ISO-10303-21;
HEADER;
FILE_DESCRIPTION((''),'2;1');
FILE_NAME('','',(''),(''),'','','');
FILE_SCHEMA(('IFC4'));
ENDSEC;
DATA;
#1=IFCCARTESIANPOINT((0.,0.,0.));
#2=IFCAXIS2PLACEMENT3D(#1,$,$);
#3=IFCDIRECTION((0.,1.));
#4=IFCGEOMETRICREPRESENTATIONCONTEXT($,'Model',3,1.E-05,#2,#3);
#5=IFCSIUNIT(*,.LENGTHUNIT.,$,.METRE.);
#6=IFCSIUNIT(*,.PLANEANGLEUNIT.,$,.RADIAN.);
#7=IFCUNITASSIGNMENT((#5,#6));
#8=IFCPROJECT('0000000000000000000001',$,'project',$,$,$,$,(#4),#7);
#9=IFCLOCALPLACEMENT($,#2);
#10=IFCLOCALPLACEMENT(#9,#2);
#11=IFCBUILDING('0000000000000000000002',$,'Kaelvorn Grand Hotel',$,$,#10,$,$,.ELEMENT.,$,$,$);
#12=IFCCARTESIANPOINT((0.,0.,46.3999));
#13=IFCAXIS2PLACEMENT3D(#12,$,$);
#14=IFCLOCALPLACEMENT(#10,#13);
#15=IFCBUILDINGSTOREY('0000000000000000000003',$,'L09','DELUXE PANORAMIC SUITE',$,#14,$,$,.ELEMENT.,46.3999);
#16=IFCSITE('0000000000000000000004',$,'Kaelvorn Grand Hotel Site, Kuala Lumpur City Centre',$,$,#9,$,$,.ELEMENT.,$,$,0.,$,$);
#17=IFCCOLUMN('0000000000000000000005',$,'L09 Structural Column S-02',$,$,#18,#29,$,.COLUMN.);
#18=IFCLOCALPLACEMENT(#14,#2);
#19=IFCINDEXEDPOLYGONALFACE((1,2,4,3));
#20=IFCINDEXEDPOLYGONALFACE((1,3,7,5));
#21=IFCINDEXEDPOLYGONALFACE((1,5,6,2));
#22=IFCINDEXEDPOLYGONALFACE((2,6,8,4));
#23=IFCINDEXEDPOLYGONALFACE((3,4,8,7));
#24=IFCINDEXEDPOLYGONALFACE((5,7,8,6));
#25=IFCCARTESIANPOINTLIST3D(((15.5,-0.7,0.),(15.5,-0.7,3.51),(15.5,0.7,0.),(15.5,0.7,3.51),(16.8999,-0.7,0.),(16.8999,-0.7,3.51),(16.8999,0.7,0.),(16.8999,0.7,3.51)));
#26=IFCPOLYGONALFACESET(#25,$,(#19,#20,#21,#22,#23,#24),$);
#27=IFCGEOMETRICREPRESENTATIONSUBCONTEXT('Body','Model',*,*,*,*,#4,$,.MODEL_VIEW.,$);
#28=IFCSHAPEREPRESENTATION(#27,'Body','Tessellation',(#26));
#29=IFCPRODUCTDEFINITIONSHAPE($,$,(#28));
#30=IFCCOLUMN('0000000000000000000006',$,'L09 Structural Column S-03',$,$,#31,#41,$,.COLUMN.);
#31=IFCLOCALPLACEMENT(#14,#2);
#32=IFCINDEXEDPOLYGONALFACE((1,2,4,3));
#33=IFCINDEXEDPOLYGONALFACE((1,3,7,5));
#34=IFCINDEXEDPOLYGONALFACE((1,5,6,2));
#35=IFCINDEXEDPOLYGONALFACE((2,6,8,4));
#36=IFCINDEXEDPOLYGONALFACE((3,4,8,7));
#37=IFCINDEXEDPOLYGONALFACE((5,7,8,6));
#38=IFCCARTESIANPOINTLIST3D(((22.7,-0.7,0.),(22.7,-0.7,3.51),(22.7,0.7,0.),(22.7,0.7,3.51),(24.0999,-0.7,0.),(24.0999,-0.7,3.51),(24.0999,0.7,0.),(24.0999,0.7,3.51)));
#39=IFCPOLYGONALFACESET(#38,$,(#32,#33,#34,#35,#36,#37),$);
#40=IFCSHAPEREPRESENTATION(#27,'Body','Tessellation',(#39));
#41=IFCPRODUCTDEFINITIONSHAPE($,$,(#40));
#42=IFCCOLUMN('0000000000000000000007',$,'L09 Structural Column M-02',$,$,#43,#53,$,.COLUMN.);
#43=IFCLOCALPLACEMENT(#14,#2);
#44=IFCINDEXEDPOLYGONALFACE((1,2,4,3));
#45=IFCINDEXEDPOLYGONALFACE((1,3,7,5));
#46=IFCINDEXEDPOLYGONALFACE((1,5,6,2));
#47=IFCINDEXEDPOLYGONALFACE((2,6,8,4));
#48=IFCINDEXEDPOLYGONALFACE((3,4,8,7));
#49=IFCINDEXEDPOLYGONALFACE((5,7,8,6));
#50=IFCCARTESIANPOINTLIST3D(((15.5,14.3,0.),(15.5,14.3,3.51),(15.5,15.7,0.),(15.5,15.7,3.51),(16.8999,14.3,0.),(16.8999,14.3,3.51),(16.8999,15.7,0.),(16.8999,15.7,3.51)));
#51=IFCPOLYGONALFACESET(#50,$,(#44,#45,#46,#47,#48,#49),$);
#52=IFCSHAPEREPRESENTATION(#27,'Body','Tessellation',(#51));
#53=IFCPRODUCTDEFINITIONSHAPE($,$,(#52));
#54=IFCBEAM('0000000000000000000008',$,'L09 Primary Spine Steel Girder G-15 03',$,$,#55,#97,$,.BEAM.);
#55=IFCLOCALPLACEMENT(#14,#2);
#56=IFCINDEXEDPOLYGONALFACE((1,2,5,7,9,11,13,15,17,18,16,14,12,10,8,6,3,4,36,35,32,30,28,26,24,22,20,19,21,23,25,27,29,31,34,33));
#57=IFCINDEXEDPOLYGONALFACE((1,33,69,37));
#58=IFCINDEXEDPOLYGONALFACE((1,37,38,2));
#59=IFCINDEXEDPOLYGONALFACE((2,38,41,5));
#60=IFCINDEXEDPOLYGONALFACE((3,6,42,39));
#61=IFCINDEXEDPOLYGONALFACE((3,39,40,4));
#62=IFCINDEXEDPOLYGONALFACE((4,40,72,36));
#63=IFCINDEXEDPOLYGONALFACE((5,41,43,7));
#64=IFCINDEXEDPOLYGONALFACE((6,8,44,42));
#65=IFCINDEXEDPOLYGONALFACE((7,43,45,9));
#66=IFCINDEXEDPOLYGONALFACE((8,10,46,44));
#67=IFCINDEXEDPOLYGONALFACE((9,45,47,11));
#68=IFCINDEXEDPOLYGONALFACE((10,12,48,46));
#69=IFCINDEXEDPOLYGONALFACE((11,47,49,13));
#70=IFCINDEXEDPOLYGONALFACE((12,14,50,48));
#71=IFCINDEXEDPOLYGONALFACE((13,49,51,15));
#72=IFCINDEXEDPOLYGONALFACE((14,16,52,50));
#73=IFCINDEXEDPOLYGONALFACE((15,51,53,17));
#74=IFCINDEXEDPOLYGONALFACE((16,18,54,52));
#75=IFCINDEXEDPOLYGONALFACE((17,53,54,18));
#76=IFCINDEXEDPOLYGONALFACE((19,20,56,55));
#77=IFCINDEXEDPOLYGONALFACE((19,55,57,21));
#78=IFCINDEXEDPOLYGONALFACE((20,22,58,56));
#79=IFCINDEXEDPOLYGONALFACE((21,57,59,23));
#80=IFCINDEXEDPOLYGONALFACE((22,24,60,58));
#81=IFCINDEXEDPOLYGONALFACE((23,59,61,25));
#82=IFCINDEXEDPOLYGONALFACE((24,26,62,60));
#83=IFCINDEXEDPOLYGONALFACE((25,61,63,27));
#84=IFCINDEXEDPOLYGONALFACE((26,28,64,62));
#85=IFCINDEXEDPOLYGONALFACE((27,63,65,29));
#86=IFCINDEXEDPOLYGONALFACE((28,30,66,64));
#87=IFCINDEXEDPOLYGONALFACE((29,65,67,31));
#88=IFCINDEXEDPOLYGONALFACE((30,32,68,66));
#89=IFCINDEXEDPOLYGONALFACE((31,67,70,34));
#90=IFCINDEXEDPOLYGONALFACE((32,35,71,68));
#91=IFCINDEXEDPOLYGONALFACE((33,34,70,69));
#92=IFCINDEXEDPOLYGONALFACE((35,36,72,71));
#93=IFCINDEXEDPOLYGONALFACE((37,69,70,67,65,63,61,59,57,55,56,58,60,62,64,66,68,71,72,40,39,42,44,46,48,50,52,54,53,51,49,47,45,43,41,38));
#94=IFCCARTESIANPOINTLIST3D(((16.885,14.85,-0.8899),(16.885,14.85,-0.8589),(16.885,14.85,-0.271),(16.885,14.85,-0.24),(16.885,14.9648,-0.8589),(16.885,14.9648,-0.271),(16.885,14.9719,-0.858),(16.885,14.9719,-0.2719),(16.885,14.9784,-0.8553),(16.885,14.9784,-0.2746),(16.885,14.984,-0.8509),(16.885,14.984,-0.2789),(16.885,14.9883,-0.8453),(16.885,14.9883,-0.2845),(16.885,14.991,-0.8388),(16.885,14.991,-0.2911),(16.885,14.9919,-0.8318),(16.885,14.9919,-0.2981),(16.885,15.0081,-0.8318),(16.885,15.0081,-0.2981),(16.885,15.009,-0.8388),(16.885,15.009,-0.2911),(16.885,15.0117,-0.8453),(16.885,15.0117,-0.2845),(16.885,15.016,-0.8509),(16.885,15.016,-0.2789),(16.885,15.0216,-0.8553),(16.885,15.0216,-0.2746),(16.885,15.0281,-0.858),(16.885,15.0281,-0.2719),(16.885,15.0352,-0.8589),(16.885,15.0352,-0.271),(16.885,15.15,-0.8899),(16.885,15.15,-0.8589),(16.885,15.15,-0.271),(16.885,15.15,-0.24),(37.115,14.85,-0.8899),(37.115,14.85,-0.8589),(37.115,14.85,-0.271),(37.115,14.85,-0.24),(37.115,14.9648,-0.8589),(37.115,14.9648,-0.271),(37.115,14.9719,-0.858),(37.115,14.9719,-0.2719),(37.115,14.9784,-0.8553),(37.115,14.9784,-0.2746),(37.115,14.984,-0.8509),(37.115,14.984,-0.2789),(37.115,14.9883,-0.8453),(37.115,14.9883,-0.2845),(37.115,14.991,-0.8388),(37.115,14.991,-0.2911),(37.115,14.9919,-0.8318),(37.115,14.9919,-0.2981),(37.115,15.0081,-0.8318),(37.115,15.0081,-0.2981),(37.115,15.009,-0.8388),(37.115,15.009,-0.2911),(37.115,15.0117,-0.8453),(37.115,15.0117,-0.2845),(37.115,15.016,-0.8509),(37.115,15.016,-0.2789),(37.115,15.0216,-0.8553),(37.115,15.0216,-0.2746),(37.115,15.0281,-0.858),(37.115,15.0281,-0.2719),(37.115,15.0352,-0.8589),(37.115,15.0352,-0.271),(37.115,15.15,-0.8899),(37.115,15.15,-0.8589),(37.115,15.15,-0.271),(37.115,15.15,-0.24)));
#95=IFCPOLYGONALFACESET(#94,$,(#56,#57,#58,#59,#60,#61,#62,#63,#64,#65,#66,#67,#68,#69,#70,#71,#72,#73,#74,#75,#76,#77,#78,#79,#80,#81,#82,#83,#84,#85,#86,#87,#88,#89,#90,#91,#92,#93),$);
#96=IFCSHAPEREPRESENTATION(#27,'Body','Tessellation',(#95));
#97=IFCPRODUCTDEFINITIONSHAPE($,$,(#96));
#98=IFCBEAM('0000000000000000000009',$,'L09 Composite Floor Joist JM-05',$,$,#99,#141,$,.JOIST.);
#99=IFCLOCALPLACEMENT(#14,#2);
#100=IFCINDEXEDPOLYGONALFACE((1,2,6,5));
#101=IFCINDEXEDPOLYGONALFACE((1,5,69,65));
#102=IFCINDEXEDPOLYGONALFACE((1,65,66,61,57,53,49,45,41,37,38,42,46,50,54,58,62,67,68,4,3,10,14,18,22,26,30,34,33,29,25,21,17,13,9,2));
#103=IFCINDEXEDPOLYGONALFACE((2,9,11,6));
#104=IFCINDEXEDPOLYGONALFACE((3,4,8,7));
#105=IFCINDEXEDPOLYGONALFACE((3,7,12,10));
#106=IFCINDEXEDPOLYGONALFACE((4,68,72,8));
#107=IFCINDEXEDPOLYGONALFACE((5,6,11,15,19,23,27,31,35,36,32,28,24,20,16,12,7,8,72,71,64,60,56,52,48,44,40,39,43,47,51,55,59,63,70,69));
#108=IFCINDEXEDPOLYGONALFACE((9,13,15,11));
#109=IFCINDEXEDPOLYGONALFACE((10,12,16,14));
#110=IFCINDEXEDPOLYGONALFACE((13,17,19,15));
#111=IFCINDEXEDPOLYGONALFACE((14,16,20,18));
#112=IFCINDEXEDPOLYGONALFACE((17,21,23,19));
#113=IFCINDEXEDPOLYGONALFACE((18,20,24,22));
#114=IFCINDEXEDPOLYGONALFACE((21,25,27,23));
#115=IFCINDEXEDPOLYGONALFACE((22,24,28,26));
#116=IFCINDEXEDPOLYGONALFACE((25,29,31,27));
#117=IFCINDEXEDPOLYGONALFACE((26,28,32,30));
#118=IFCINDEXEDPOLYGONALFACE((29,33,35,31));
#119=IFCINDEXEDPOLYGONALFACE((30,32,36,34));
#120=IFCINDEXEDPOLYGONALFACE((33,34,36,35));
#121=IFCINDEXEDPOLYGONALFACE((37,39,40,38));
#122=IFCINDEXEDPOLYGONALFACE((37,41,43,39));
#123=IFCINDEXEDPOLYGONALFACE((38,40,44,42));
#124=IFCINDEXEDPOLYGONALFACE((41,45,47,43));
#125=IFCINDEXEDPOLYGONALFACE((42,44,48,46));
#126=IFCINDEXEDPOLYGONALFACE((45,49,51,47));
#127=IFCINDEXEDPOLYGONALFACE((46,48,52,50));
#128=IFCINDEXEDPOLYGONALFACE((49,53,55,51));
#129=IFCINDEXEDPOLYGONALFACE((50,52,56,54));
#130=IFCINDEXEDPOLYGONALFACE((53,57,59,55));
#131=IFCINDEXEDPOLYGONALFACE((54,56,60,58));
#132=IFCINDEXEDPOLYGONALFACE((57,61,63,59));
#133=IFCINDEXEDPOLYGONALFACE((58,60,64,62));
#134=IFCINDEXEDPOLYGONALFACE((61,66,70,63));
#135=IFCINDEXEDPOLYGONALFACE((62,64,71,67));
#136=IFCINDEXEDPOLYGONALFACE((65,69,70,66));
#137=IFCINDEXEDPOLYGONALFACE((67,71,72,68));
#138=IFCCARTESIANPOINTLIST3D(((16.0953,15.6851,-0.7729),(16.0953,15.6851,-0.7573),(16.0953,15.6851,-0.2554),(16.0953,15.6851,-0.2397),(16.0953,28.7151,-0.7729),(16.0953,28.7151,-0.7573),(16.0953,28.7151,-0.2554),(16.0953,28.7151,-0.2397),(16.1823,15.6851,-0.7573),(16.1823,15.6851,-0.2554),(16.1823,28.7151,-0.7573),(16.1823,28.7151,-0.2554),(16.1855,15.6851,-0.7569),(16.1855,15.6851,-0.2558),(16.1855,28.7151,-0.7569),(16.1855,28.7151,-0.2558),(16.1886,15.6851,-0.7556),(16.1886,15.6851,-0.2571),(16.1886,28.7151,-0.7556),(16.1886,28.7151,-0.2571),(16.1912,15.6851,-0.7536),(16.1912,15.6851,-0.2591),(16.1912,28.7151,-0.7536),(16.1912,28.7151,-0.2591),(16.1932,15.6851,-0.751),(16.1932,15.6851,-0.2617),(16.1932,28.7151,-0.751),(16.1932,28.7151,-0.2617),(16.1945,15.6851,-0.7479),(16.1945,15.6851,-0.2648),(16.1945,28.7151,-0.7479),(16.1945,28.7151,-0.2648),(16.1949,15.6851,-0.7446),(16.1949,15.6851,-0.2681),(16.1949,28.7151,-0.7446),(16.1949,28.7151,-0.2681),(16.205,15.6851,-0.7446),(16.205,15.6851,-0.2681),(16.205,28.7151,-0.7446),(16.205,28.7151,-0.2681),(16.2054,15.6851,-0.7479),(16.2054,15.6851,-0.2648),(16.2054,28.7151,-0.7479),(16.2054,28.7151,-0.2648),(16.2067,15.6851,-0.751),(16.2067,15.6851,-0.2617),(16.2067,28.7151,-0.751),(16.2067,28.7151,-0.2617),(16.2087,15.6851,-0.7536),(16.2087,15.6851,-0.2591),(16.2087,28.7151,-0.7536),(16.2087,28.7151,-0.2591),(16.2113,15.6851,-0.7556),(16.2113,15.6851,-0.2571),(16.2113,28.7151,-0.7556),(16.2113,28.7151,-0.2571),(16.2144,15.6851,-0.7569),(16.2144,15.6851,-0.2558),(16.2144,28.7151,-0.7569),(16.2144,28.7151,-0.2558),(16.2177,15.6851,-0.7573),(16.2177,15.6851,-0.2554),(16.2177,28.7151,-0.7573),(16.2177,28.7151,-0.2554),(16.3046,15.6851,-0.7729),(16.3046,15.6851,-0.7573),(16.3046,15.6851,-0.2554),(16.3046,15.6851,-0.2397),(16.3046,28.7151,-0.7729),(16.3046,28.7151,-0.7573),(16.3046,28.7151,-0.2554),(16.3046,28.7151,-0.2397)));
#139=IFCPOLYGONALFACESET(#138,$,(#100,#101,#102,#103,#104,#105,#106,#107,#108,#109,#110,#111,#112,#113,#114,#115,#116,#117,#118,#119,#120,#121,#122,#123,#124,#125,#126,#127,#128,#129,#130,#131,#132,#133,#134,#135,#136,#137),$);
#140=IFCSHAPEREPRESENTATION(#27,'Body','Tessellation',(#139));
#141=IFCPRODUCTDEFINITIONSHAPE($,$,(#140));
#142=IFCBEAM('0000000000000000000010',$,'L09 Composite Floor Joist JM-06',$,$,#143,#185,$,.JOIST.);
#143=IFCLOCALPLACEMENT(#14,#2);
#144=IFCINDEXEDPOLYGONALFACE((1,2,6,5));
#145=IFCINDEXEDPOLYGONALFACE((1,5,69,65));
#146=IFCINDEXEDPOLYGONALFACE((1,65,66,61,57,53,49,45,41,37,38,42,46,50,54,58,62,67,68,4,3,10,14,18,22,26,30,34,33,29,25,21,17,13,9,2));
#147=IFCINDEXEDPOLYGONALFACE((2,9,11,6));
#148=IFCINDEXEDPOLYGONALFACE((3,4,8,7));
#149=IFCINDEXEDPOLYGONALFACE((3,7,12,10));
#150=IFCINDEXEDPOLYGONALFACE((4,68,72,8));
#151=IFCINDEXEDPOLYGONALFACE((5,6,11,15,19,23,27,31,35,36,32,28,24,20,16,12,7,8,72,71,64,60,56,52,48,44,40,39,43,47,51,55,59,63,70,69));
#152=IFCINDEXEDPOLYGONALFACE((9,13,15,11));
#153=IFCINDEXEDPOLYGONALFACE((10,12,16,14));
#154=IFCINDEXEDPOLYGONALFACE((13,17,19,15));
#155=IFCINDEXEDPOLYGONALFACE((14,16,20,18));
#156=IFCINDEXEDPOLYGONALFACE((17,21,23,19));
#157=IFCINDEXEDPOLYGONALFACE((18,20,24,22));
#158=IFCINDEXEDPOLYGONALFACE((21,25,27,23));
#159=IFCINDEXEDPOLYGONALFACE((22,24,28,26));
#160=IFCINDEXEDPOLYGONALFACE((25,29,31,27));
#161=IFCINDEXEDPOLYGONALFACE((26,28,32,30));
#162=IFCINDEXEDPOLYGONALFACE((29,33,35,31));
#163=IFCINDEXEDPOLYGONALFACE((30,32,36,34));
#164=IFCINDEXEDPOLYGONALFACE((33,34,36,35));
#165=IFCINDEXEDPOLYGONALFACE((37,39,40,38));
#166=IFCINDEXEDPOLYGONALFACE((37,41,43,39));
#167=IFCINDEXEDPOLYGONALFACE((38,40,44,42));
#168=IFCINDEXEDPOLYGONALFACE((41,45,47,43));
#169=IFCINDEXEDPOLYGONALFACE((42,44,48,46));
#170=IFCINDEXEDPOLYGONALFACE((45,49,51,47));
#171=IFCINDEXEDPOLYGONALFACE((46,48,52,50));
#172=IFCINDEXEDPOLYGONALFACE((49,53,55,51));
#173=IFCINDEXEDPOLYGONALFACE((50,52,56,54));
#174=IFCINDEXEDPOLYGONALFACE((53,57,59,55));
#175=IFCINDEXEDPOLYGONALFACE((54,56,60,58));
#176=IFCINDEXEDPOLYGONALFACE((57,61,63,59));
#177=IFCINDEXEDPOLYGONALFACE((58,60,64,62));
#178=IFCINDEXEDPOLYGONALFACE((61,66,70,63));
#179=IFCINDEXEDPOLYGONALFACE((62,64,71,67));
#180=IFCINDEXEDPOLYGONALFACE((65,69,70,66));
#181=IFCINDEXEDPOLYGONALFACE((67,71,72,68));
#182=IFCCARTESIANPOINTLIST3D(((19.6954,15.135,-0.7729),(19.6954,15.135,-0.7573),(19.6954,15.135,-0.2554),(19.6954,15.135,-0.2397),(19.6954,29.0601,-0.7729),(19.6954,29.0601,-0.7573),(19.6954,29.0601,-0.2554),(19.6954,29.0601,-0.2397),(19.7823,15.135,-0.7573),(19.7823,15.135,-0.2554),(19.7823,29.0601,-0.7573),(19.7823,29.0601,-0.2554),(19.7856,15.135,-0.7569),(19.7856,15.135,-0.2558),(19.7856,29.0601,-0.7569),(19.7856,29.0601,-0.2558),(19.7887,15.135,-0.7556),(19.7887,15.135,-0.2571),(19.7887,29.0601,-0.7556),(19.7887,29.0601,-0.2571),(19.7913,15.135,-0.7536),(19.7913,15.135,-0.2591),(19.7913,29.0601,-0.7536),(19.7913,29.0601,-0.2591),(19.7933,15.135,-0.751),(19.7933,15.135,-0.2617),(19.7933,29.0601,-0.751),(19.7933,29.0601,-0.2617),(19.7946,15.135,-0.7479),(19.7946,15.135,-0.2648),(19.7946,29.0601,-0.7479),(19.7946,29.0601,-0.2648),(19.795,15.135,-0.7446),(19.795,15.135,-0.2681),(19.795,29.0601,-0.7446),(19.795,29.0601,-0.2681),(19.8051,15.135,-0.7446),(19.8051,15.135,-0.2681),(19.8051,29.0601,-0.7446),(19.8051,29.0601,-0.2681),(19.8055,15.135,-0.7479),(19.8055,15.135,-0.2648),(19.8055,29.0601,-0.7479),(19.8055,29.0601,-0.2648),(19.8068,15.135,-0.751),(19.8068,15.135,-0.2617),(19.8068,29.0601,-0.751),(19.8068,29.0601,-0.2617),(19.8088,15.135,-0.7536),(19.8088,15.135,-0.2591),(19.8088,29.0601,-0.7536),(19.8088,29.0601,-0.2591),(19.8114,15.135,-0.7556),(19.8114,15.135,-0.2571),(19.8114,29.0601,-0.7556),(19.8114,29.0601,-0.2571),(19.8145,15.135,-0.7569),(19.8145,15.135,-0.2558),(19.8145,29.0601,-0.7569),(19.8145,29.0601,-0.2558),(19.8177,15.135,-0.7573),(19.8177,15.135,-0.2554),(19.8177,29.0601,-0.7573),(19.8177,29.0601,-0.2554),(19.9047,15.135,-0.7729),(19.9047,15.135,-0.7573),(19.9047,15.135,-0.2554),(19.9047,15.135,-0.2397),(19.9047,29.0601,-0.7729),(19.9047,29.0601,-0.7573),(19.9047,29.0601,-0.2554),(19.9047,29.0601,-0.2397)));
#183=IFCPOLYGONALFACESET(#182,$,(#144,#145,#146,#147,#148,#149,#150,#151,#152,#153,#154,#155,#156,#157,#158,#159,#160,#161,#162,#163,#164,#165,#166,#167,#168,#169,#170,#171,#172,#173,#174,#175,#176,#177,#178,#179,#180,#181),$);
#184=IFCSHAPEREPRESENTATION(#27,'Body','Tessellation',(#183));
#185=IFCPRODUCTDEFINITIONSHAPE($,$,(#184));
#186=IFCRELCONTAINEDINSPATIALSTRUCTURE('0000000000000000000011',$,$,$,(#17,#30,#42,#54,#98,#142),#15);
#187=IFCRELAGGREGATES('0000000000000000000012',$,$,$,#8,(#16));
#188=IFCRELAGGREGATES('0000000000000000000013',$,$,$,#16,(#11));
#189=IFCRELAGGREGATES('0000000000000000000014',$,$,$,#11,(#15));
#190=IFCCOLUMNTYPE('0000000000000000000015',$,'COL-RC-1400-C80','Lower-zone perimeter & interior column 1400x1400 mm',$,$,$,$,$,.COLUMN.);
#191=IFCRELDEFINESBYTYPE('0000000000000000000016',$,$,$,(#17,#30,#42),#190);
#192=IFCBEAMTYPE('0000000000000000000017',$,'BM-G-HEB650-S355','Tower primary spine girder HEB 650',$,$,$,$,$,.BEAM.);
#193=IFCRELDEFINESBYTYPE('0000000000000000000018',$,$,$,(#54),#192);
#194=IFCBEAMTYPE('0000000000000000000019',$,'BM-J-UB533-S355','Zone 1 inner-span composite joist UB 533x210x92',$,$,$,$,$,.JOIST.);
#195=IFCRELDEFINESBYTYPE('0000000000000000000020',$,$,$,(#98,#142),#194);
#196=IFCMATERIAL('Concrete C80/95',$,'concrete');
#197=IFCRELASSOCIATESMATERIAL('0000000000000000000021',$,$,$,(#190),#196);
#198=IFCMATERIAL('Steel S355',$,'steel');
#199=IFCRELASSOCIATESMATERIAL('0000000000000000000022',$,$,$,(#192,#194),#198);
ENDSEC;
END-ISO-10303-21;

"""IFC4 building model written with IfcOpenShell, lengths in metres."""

from ifc_helpers import new_model, si_unit, direction, frame, origin, origin_2d, place, context, subcontext, project, spatial, rectangle, i_section, extrude, material, material_profile, profile_set, type_object, element, save


model = new_model("IFC4")

# Units and contexts
model_context = context("Model", 3, precision=1e-05, world=origin(), true_north=direction((0.0, 1.0)))
body_context = subcontext(model_context, "Body", "Model", "MODEL_VIEW")
ifc_project = project(units=[si_unit("LENGTHUNIT", "METRE"), si_unit("PLANEANGLEUNIT", "RADIAN")], contexts=[model_context])

# Site, building, storey
site_placement = place(None, origin())
site = spatial("IfcSite", under=ifc_project, at=site_placement, Name="Kaelvorn Grand Hotel Site, Kuala Lumpur City Centre", CompositionType="ELEMENT", RefElevation=0.0)
building_placement = place(site_placement, origin())
building = spatial("IfcBuilding", under=site, at=building_placement, Name="Kaelvorn Grand Hotel", CompositionType="ELEMENT")
storey_placement = place(building_placement, frame((0.0, 0.0, 46.3999)))
storey = spatial("IfcBuildingStorey", under=building, at=storey_placement, Name="L09", Description="DELUXE PANORAMIC SUITE", CompositionType="ELEMENT", Elevation=46.3999)

# Columns
ifc_material_1 = material(Name="Concrete C80/95", Category="concrete")
ifc_material_profile_1 = material_profile(ifc_material_1, rectangle(XDim=1.3999, YDim=1.3999, at=origin_2d()), Name="RC COL 1400x1400")
ifc_profile_set_1 = profile_set([ifc_material_profile_1], Name="Concrete C80/95")
column_type = type_object("IfcColumnType", Name="COL-RC-1400-C80", Description="Lower-zone perimeter & interior column 1400x1400 mm", PredefinedType="COLUMN", material=ifc_profile_set_1)
for number, where, z_axis, x_axis, name in (
    (1, (16.2, 0.0, 0.0), (0.0, 0.0, 1.0), (1.0, 0.0, 0.0), "L09 Structural Column S-02"),
    (2, (23.3999, 0.0, 0.0), (0.0, 0.0, 1.0), (1.0, 0.0, 0.0), "L09 Structural Column S-03"),
    (3, (16.2, 15.0, 0.0), (0.0, 0.0, 1.0), (1.0, 0.0, 0.0), "L09 Structural Column M-02"),
):
    element("IfcColumn", number, at=place(storey_placement, frame(where, z_axis=z_axis, x_axis=x_axis)), inside=storey, type_object=column_type, Name=name, PredefinedType="COLUMN", context=body_context, shape_type="SweptSolid", body=[
        extrude(rectangle(XDim=1.3999, YDim=1.3999, at=origin_2d()), origin(), (0.0, 0.0, 1.0), 3.51),
    ])

# Beams
ifc_material_2 = material(Name="Steel S355", Category="steel")
ifc_material_profile_2 = material_profile(ifc_material_2, i_section(OverallWidth=0.3, OverallDepth=0.6499, WebThickness=0.0161, FlangeThickness=0.031, FilletRadius=0.0271, at=origin_2d()), Name="HEB 650")
ifc_profile_set_2 = profile_set([ifc_material_profile_2], Name="Steel S355")
beam_type_1 = type_object("IfcBeamType", Name="BM-G-HEB650-S355", Description="Tower primary spine girder HEB 650", PredefinedType="BEAM", material=ifc_profile_set_2)
beam_1_placement = place(storey_placement, frame((16.885, 15.0, -0.5649), z_axis=(1.0, 0.0, 0.0), x_axis=(0.0, 1.0, 0.0)))
element("IfcBeam", 4, at=beam_1_placement, inside=storey, type_object=beam_type_1, Name="L09 Primary Spine Steel Girder G-15 03", PredefinedType="BEAM", context=body_context, shape_type="SweptSolid", body=[
    extrude(i_section(OverallWidth=0.3, OverallDepth=0.6499, WebThickness=0.0161, FlangeThickness=0.031, FilletRadius=0.0271, at=origin_2d()), origin(), (0.0, 0.0, 1.0), 20.23),
])
ifc_material_profile_3 = material_profile(ifc_material_2, i_section(OverallWidth=0.2092, OverallDepth=0.5332, WebThickness=0.01, FlangeThickness=0.0156, FilletRadius=0.0127, at=origin_2d()), Name="UB 533x210x92")
ifc_profile_set_3 = profile_set([ifc_material_profile_3], Name="Steel S355")
beam_type_2 = type_object("IfcBeamType", Name="BM-J-UB533-S355", Description="Zone 1 inner-span composite joist UB 533x210x92", PredefinedType="JOIST", material=ifc_profile_set_3)
beam_2_placement = place(storey_placement, frame((16.2, 15.6851, -0.5063), z_axis=(0.0, 1.0, 0.0), x_axis=(-1.0, 0.0, 0.0)))
element("IfcBeam", 5, at=beam_2_placement, inside=storey, type_object=beam_type_2, Name="L09 Composite Floor Joist JM-05", PredefinedType="JOIST", context=body_context, shape_type="SweptSolid", body=[
    extrude(i_section(OverallWidth=0.2092, OverallDepth=0.5332, WebThickness=0.01, FlangeThickness=0.0156, FilletRadius=0.0127, at=origin_2d()), origin(), (0.0, 0.0, 1.0), 13.03),
])
beam_3_placement = place(storey_placement, frame((19.8, 15.135, -0.5063), z_axis=(0.0, 1.0, 0.0), x_axis=(-1.0, 0.0, 0.0)))
element("IfcBeam", 6, at=beam_3_placement, inside=storey, type_object=beam_type_2, Name="L09 Composite Floor Joist JM-06", PredefinedType="JOIST", context=body_context, shape_type="SweptSolid", body=[
    extrude(i_section(OverallWidth=0.2092, OverallDepth=0.5332, WebThickness=0.01, FlangeThickness=0.0156, FilletRadius=0.0127, at=origin_2d()), origin(), (0.0, 0.0, 1.0), 13.925),
])

save(model, "model.ifc")
